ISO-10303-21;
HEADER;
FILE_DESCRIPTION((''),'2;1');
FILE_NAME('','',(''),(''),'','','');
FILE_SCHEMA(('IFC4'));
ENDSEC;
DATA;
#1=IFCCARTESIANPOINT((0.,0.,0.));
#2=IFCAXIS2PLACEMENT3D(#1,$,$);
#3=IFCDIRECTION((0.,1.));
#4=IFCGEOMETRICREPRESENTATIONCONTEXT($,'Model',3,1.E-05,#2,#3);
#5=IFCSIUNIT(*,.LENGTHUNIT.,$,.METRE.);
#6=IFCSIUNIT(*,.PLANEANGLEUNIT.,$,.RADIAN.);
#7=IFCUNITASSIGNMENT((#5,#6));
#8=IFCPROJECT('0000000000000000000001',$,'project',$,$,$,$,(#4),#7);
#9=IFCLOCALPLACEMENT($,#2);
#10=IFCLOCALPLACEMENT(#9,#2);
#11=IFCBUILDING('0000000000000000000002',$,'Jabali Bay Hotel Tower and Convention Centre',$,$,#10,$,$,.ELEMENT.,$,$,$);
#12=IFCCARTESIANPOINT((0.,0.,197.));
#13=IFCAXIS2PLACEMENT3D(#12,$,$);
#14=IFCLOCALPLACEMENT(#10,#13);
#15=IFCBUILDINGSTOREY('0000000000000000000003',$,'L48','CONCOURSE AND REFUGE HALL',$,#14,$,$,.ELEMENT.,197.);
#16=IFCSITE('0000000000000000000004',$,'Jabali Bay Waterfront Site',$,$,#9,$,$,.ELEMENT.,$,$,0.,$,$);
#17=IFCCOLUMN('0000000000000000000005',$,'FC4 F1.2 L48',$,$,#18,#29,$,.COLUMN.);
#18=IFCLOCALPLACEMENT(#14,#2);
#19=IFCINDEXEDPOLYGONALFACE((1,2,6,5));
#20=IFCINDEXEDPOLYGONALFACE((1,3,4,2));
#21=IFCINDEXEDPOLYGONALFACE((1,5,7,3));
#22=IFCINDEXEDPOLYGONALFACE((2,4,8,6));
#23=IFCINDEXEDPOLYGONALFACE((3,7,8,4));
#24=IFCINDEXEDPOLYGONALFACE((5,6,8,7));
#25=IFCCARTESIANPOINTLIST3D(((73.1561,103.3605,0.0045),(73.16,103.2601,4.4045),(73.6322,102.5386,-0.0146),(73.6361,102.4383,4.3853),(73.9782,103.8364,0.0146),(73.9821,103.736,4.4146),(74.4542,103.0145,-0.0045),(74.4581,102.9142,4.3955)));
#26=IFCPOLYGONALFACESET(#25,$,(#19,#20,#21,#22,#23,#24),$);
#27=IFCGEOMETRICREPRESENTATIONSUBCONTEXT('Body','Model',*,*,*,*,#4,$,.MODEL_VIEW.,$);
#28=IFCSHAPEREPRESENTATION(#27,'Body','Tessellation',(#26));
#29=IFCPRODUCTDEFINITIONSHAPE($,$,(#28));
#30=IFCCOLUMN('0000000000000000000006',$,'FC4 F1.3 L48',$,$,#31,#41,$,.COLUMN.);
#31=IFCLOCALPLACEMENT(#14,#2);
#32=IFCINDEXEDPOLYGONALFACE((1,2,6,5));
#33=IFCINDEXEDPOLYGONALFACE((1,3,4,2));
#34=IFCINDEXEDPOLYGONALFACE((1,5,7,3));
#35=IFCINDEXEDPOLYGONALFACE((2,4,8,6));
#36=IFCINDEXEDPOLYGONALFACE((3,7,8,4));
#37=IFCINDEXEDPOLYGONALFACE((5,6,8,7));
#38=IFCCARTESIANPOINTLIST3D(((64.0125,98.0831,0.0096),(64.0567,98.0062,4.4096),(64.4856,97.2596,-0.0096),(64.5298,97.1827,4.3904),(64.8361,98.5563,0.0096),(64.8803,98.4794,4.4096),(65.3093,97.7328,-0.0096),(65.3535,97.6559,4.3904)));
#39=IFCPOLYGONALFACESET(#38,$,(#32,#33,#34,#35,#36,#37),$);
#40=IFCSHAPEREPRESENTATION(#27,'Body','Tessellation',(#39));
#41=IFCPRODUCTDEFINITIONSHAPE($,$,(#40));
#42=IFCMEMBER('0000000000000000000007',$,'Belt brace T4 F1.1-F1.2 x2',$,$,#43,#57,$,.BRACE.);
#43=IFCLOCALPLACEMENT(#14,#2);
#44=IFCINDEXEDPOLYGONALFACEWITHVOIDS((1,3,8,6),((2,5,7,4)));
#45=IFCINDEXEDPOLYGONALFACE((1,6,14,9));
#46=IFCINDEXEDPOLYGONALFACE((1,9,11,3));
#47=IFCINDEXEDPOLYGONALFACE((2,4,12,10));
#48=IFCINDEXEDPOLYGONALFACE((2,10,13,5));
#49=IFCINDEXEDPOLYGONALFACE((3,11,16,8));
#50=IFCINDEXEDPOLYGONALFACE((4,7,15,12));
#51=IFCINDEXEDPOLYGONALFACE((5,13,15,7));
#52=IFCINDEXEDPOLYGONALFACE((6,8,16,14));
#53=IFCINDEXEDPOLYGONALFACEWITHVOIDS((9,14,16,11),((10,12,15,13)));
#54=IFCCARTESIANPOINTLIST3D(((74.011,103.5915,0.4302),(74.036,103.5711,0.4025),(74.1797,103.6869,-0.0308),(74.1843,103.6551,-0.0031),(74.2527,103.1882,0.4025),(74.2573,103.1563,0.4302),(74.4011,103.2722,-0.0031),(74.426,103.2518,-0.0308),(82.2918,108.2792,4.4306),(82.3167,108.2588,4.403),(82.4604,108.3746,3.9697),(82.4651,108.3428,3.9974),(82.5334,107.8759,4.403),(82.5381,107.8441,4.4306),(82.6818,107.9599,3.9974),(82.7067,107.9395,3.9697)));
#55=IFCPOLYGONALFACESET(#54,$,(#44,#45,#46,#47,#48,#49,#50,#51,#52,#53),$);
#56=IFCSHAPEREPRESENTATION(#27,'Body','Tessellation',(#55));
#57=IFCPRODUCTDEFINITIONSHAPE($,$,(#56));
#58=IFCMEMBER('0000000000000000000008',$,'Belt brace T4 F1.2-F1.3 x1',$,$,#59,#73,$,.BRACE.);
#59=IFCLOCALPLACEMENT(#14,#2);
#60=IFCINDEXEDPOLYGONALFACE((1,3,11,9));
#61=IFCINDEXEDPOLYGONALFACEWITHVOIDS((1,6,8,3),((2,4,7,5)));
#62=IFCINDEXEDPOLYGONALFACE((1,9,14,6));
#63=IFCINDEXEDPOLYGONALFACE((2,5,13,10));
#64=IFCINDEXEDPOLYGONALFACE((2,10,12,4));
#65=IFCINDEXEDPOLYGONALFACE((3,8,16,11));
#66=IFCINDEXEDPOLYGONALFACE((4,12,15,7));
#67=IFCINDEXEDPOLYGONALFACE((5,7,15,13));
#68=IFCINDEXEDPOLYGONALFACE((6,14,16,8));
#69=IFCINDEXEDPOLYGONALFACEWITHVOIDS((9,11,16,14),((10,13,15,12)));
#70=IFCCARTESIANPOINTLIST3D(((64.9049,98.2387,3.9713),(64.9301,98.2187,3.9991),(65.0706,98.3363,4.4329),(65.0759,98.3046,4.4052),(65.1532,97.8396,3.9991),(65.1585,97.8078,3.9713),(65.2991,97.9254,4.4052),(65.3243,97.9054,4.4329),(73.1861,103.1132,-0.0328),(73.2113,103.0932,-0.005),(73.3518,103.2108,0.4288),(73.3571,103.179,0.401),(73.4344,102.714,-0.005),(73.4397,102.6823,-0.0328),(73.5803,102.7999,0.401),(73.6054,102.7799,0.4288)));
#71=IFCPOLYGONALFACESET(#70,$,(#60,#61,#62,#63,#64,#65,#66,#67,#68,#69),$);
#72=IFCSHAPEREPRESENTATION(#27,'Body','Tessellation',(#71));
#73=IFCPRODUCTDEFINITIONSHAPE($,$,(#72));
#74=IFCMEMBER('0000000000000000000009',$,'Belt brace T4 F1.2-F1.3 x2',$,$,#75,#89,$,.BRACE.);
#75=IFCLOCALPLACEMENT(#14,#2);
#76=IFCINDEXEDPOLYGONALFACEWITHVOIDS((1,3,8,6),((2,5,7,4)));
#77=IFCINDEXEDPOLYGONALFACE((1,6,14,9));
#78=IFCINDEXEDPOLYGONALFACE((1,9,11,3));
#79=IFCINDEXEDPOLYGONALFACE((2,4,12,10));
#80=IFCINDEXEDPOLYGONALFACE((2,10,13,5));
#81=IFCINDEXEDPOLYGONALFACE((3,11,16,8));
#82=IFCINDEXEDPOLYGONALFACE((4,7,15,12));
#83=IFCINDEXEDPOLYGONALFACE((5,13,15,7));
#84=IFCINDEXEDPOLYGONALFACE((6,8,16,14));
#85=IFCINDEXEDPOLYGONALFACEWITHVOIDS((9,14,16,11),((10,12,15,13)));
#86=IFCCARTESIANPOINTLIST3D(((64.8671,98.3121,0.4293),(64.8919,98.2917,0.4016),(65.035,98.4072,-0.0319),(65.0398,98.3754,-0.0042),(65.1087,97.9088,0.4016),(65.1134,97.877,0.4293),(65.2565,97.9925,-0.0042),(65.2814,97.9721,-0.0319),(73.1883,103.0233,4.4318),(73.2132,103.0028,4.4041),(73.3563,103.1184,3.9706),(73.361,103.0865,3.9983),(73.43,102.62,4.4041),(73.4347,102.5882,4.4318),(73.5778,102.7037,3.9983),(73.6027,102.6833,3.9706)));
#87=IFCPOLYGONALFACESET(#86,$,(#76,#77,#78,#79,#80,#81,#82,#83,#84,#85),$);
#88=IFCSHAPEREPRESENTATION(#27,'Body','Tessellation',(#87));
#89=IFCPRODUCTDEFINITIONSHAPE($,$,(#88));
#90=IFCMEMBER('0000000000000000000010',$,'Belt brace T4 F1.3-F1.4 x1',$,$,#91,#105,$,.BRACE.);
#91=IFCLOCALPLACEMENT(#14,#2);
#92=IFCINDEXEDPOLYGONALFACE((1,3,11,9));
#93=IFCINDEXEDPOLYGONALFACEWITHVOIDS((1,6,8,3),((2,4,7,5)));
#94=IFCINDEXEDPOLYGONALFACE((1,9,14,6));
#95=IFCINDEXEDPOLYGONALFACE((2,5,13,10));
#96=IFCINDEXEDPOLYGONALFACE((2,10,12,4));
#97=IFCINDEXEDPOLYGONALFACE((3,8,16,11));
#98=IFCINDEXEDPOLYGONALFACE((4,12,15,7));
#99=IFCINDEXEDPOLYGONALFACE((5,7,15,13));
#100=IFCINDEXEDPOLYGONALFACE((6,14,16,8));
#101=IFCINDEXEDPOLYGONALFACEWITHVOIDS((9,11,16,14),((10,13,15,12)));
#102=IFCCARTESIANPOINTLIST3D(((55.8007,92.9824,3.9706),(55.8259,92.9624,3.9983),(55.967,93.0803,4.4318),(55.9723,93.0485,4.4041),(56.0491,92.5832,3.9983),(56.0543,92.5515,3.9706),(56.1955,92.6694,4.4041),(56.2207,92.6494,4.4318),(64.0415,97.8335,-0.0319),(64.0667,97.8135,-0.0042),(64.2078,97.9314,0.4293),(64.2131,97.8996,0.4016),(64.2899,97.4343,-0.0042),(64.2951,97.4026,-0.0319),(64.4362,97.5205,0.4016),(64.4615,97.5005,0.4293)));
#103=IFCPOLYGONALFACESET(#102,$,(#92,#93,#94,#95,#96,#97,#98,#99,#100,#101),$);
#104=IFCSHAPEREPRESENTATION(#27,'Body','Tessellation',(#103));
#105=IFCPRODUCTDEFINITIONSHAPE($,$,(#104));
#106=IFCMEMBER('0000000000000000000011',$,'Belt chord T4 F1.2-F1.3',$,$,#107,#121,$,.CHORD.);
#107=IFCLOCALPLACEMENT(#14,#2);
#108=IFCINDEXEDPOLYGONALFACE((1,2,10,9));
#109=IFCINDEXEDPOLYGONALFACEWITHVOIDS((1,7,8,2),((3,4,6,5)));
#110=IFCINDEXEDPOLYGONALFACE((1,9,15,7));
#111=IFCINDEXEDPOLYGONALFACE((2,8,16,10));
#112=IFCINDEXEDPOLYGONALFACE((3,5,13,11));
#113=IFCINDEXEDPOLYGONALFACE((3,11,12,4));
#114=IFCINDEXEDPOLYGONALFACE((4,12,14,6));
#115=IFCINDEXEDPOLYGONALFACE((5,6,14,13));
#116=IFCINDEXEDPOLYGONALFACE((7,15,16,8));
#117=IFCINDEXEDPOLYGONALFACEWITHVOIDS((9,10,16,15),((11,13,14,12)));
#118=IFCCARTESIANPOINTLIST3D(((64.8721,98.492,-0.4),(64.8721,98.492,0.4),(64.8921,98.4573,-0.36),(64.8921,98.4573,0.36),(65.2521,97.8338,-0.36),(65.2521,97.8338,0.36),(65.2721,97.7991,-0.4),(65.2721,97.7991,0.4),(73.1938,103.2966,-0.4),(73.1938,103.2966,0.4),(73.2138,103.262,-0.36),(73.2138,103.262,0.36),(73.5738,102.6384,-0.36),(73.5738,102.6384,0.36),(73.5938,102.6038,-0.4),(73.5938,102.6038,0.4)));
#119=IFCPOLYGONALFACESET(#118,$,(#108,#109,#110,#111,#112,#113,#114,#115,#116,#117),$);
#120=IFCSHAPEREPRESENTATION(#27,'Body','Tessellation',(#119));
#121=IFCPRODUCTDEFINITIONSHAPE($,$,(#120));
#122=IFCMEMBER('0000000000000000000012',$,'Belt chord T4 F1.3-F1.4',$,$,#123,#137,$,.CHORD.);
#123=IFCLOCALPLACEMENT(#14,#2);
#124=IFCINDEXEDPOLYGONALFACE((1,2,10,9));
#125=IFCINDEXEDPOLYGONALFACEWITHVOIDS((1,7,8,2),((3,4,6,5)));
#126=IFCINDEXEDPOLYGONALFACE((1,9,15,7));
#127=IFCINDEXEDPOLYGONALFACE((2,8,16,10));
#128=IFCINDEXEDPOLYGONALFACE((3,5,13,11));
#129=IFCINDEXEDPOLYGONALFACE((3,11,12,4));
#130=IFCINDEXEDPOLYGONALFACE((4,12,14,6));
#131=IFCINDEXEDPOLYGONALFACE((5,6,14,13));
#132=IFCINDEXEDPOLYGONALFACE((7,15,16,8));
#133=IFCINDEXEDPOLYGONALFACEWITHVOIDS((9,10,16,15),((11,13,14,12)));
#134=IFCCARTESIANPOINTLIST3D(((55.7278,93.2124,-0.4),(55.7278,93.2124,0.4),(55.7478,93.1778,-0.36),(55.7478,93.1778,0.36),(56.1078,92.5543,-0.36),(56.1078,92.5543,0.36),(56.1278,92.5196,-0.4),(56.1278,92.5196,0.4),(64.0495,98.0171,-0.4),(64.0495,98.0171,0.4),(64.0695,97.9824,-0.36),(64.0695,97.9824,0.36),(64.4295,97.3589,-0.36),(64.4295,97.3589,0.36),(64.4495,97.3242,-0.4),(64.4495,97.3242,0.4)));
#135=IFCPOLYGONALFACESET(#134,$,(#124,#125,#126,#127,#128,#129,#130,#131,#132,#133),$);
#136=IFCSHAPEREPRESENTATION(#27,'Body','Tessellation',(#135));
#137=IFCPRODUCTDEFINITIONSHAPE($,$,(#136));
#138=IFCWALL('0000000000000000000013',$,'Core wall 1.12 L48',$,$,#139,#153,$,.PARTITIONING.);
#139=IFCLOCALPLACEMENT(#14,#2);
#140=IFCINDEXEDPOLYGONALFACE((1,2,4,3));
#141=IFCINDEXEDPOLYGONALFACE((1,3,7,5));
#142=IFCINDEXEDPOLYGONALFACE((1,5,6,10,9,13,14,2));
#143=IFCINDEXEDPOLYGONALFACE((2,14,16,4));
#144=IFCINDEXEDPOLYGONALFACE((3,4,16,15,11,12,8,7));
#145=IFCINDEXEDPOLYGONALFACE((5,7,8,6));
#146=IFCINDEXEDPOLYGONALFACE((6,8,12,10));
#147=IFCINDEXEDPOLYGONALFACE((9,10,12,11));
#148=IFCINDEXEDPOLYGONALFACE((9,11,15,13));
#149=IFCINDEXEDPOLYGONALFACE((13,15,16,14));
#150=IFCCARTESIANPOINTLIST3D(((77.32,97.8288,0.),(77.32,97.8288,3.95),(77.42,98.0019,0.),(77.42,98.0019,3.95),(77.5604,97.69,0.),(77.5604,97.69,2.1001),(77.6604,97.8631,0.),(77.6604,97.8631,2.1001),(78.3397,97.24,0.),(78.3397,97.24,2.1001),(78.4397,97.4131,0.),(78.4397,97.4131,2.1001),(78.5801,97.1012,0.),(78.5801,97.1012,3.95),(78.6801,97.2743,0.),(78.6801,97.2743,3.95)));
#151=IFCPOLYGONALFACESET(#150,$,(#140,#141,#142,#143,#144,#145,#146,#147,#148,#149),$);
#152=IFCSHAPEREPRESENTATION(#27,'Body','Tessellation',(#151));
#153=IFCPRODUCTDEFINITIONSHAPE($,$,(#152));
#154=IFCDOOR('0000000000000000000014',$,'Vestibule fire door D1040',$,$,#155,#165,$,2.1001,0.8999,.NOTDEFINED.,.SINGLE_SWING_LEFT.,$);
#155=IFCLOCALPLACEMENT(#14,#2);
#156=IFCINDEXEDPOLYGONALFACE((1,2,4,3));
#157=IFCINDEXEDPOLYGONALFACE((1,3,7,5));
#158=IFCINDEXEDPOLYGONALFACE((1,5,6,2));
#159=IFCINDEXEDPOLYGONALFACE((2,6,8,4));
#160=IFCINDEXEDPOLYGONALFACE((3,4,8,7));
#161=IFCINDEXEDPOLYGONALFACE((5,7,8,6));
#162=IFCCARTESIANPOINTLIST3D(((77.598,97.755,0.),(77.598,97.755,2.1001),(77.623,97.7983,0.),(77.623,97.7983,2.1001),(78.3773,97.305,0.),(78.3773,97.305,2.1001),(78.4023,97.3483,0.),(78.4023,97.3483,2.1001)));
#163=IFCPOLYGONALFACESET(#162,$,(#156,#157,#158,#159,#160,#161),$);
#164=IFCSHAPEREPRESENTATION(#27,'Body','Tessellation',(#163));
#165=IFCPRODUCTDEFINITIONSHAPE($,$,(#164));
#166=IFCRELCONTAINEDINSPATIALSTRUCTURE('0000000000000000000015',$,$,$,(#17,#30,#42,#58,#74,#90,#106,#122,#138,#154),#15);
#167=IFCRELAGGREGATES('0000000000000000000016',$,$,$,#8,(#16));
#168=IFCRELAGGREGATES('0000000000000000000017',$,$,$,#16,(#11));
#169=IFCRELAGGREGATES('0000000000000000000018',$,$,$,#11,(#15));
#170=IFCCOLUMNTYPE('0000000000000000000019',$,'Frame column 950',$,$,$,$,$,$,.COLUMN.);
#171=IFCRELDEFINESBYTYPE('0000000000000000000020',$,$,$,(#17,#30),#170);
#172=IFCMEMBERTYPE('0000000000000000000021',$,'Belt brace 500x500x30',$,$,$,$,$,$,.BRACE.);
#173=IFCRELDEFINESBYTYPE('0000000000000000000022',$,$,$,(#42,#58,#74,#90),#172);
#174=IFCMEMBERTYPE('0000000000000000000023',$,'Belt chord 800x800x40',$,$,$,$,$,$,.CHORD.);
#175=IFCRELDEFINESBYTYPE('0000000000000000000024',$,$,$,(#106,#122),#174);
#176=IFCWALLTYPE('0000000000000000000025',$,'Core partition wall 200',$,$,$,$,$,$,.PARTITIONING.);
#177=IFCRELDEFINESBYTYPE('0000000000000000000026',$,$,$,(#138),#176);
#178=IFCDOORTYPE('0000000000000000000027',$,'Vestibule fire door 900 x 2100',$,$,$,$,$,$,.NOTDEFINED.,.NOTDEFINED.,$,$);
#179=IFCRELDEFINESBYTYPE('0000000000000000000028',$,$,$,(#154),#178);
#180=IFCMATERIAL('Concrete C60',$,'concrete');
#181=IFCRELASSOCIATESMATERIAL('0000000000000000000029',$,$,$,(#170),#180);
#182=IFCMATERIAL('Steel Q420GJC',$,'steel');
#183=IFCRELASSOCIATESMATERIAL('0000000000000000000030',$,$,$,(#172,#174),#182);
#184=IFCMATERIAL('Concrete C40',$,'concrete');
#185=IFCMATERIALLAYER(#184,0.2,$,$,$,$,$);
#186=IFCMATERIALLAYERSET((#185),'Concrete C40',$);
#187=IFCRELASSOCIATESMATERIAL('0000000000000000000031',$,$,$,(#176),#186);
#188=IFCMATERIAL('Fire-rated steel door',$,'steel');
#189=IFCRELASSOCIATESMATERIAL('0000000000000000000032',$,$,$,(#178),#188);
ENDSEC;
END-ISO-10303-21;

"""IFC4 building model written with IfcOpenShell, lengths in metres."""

from ifc_helpers import new_model, si_unit, direction, frame, frame_2d, origin, origin_2d, place, context, subcontext, project, spatial, rectangle, hollow_rectangle, extrude, material, layer, layer_set, material_profile, profile_set, type_object, element, fill, save


model = new_model("IFC4")

# Units and contexts
model_context = context("Model", 3, precision=1e-05, world=origin(), true_north=direction((0.0, 1.0)))
body_context = subcontext(model_context, "Body", "Model", "MODEL_VIEW")
ifc_project = project(units=[si_unit("LENGTHUNIT", "METRE"), si_unit("PLANEANGLEUNIT", "RADIAN")], contexts=[model_context])

# Site, building, storey
site_placement = place(None, origin())
site = spatial("IfcSite", under=ifc_project, at=site_placement, Name="Jabali Bay Waterfront Site", CompositionType="ELEMENT", RefElevation=0.0)
building_placement = place(site_placement, origin())
building = spatial("IfcBuilding", under=site, at=building_placement, Name="Jabali Bay Hotel Tower and Convention Centre", CompositionType="ELEMENT")
storey_placement = place(building_placement, frame((0.0, 0.0, 197.0)))
storey = spatial("IfcBuildingStorey", under=building, at=storey_placement, Name="L48", Description="CONCOURSE AND REFUGE HALL", CompositionType="ELEMENT", Elevation=197.0)

# Columns
ifc_material_1 = material(Name="Concrete C60", Category="concrete")
ifc_material_profile_1 = material_profile(ifc_material_1, rectangle(XDim=0.95, YDim=0.95, at=origin_2d()), Name="Frame column 950")
ifc_profile_set_1 = profile_set([ifc_material_profile_1], Name="Concrete C60")
column_type = type_object("IfcColumnType", Name="Frame column 950", PredefinedType="COLUMN", material=ifc_profile_set_1)
column_1_placement = place(storey_placement, frame((73.8052, 103.1875, 0.0), z_axis=(0.000888, -0.0228, 0.99974), x_axis=(0.865382, 0.501, 0.010657)))
element("IfcColumn", 1, at=column_1_placement, inside=storey, type_object=column_type, Name="FC4 F1.2 L48", PredefinedType="COLUMN", context=body_context, shape_type="SweptSolid", body=[
    extrude(rectangle(XDim=0.95, YDim=0.95, at=origin_2d()), origin(), (0.0, 0.0, 1.0), 4.4011),
])
column_2_placement = place(storey_placement, frame((64.6609, 97.908, 0.0), z_axis=(0.010041, -0.017475, 0.999797), x_axis=(-0.498108, 0.866881, 0.020155)))
element("IfcColumn", 2, at=column_2_placement, inside=storey, type_object=column_type, Name="FC4 F1.3 L48", PredefinedType="COLUMN", context=body_context, shape_type="SweptSolid", body=[
    extrude(rectangle(XDim=0.95, YDim=0.95, at=origin_2d()), origin(), (0.0, 0.0, 1.0), 4.4009),
])

# Members
ifc_material_2 = material(Name="Steel Q420GJC", Category="steel")
ifc_material_profile_2 = material_profile(ifc_material_2, hollow_rectangle(XDim=0.5, YDim=0.5, WallThickness=0.03, at=origin_2d()), Name="Belt brace 500x500x30")
ifc_profile_set_2 = profile_set([ifc_material_profile_2], Name="Steel Q420GJC")
member_type_1 = type_object("IfcMemberType", Name="Belt brace 500x500x30", PredefinedType="BRACE", material=ifc_profile_set_2)
member_1_placement = place(storey_placement, frame((74.2185, 103.4216, 0.1997), z_axis=(0.802221, 0.454138, 0.387558), x_axis=(-0.49264, 0.870233, 0.0)))
element("IfcMember", 3, at=member_1_placement, inside=storey, type_object=member_type_1, Name="Belt brace T4 F1.1-F1.2 x2", PredefinedType="BRACE", context=body_context, shape_type="SweptSolid", body=[
    extrude(hollow_rectangle(XDim=0.5, YDim=0.5, WallThickness=0.03, at=origin_2d()), origin(), (0.0, 0.0, 1.0), 10.3223),
])
member_2_placement = place(storey_placement, frame((73.3958, 102.9465, 0.198), z_axis=(-0.79549, -0.468242, 0.384636), x_axis=(0.507267, -0.861789, 0.0)))
element("IfcMember", 4, at=member_2_placement, inside=storey, type_object=member_type_1, Name="Belt brace T4 F1.2-F1.3 x1", PredefinedType="BRACE", context=body_context, shape_type="SweptSolid", body=[
    extrude(hollow_rectangle(XDim=0.5, YDim=0.5, WallThickness=0.03, at=origin_2d()), origin(), (0.0, 0.0, 1.0), 10.4102),
])
member_3_placement = place(storey_placement, frame((65.0742, 98.1421, 0.1987), z_axis=(0.802731, 0.454474, 0.386104), x_axis=(-0.492679, 0.870211, 0.0)))
element("IfcMember", 5, at=member_3_placement, inside=storey, type_object=member_type_1, Name="Belt brace T4 F1.2-F1.3 x2", PredefinedType="BRACE", context=body_context, shape_type="SweptSolid", body=[
    extrude(hollow_rectangle(XDim=0.5, YDim=0.5, WallThickness=0.03, at=origin_2d()), origin(), (0.0, 0.0, 1.0), 10.3662),
])
member_4_placement = place(storey_placement, frame((64.2515, 97.667, 0.1987), z_axis=(-0.794947, -0.467962, 0.386098), x_axis=(0.507299, -0.86177, 0.0)))
element("IfcMember", 6, at=member_4_placement, inside=storey, type_object=member_type_1, Name="Belt brace T4 F1.3-F1.4 x1", PredefinedType="BRACE", context=body_context, shape_type="SweptSolid", body=[
    extrude(hollow_rectangle(XDim=0.5, YDim=0.5, WallThickness=0.03, at=origin_2d()), origin(), (0.0, 0.0, 1.0), 10.3665),
])
ifc_material_profile_3 = material_profile(ifc_material_2, hollow_rectangle(XDim=0.8, YDim=0.8, WallThickness=0.04, at=origin_2d()), Name="Belt chord 800x800x40")
ifc_profile_set_3 = profile_set([ifc_material_profile_3], Name="Steel Q420GJC")
member_type_2 = type_object("IfcMemberType", Name="Belt chord 800x800x40", PredefinedType="CHORD", material=ifc_profile_set_3)
for number, where, z_axis, x_axis, name in (
    (7, (73.3938, 102.9502, 0.0), (-0.866021, -0.500008, 0.0), (0.500008, -0.866021, 0.0), "Belt chord T4 F1.2-F1.3"),
    (8, (64.2495, 97.6707, 0.0), (-0.866021, -0.500008, 0.0), (0.500008, -0.866021, 0.0), "Belt chord T4 F1.3-F1.4"),
):
    element("IfcMember", number, at=place(storey_placement, frame(where, z_axis=z_axis, x_axis=x_axis)), inside=storey, type_object=member_type_2, Name=name, PredefinedType="CHORD", context=body_context, shape_type="SweptSolid", body=[
        extrude(hollow_rectangle(XDim=0.8, YDim=0.8, WallThickness=0.04, at=origin_2d()), origin(), (0.0, 0.0, 1.0), 9.6091),
    ])

# Wall, opening, door
ifc_material_3 = material(Name="Concrete C40", Category="concrete")
ifc_layer_1 = layer(ifc_material_3, 0.2)
ifc_layer_set_1 = layer_set([ifc_layer_1], Name="Concrete C40")
wall_type_1 = type_object("IfcWallType", Name="Core partition wall 200", PredefinedType="PARTITIONING", material=ifc_layer_set_1)
wall_1_placement = place(storey_placement, frame((78.6301, 97.1877, 0.0), z_axis=(0.0, 0.0, 1.0), x_axis=(-0.866004, 0.500037, 0.0)))
wall_1 = element("IfcWall", 9, at=wall_1_placement, inside=storey, type_object=wall_type_1, Name="Core wall 1.12 L48", PredefinedType="PARTITIONING", context=body_context, shape_type="SweptSolid", body=[
    extrude(rectangle(XDim=1.4551, YDim=0.2, at=frame_2d((0.7275, 0.0))), origin(), (0.0, 0.0, 1.0), 3.95),
])
opening_1_placement = place(wall_1_placement, frame((0.2776, 0.0, 0.0)))
opening_1 = element("IfcOpeningElement", 10, at=opening_1_placement, cuts=wall_1, PredefinedType="OPENING", context=body_context, shape_type="SweptSolid", body=[
    extrude(rectangle(XDim=0.8999, YDim=2.1001, at=frame_2d((0.45, 1.05))), frame((0.0, 0.1104, 0.0), z_axis=(0.0, -1.0, 0.0), x_axis=(1.0, 0.0, 0.0)), (0.0, 0.0, 1.0), 0.2209),
])
ifc_material_4 = material(Name="Fire-rated steel door", Category="steel")
door_type_1 = type_object("IfcDoorType", Name="Vestibule fire door 900 x 2100", OperationType="NOTDEFINED", PredefinedType="NOTDEFINED", material=ifc_material_4)
door_1_placement = place(opening_1_placement, origin())
door_1 = element("IfcDoor", 11, at=door_1_placement, inside=storey, type_object=door_type_1, Name="Vestibule fire door D1040", OperationType="SINGLE_SWING_LEFT", OverallHeight=2.1001, OverallWidth=0.8999, PredefinedType="NOTDEFINED", context=body_context, shape_type="SweptSolid", body=[
    extrude(rectangle(XDim=0.8999, YDim=2.1001, at=frame_2d((0.45, 1.05))), frame((0.0, 0.0249, 0.0), z_axis=(0.0, -1.0, 0.0), x_axis=(1.0, 0.0, 0.0)), (0.0, 0.0, 1.0), 0.05),
])
fill(opening_1, door_1)

save(model, "model.ifc")
